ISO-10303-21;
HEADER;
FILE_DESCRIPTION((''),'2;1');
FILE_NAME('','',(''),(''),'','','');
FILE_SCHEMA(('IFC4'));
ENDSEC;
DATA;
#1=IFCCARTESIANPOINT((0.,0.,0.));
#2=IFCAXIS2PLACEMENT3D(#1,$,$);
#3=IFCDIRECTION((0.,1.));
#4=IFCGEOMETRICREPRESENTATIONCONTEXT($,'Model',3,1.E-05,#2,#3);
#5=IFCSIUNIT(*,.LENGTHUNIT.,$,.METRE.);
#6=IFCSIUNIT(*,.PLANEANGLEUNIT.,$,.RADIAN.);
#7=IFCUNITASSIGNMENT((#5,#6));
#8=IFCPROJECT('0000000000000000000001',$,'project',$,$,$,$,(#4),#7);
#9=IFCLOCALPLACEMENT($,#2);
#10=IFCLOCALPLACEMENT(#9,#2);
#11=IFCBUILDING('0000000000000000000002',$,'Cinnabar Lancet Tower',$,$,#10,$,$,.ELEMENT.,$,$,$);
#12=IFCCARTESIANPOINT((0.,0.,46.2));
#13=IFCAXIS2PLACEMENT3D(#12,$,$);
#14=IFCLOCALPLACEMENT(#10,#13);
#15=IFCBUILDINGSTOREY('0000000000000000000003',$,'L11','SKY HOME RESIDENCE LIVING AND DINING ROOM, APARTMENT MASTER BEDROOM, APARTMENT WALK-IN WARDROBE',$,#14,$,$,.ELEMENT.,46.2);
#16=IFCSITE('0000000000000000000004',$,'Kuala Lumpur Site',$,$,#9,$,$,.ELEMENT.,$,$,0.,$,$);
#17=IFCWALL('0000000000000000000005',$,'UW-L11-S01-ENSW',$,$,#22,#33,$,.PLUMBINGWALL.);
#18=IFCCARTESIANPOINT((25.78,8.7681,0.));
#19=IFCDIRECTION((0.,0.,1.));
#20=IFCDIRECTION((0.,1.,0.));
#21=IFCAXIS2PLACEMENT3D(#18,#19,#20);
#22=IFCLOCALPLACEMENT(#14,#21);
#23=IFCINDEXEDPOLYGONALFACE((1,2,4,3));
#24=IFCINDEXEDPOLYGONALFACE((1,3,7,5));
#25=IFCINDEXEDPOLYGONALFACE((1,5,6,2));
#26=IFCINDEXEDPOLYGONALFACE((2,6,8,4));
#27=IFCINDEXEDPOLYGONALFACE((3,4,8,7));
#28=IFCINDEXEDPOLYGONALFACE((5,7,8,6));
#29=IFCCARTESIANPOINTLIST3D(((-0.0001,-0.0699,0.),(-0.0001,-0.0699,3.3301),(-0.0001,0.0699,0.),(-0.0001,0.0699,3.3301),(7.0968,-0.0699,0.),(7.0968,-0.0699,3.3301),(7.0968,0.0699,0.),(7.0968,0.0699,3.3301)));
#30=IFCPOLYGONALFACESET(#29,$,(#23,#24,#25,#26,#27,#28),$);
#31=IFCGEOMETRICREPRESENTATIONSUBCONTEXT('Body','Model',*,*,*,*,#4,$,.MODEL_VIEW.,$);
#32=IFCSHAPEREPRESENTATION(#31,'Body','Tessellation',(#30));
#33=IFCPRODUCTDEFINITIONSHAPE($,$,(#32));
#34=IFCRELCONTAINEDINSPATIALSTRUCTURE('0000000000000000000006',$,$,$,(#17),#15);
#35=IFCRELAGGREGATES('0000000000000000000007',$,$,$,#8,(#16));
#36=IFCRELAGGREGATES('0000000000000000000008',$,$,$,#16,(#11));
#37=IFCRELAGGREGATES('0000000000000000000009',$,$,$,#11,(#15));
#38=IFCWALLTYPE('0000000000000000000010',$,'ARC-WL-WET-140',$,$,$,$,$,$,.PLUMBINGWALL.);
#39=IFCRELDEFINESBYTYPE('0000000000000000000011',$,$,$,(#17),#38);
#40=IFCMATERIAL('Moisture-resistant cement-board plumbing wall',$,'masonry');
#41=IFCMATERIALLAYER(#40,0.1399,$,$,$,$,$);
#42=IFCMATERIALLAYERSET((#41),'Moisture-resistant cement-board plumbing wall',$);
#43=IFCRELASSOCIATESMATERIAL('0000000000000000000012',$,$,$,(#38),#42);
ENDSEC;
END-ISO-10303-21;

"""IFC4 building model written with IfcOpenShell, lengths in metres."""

from ifc_helpers import new_model, si_unit, direction, frame, frame_2d, origin, place, context, subcontext, project, spatial, rectangle, extrude, material, layer, layer_set, type_object, element, save


model = new_model("IFC4")

# Units and contexts
model_context = context("Model", 3, precision=1e-05, world=origin(), true_north=direction((0.0, 1.0)))
body_context = subcontext(model_context, "Body", "Model", "MODEL_VIEW")
ifc_project = project(units=[si_unit("LENGTHUNIT", "METRE"), si_unit("PLANEANGLEUNIT", "RADIAN")], contexts=[model_context])

# Site, building, storey
site_placement = place(None, origin())
site = spatial("IfcSite", under=ifc_project, at=site_placement, Name="Kuala Lumpur Site", CompositionType="ELEMENT", RefElevation=0.0)
building_placement = place(site_placement, origin())
building = spatial("IfcBuilding", under=site, at=building_placement, Name="Cinnabar Lancet Tower", CompositionType="ELEMENT")
storey_placement = place(building_placement, frame((0.0, 0.0, 46.2)))
storey = spatial("IfcBuildingStorey", under=building, at=storey_placement, Name="L11", Description="SKY HOME RESIDENCE LIVING AND DINING ROOM, APARTMENT MASTER BEDROOM, APARTMENT WALK-IN WARDROBE", CompositionType="ELEMENT", Elevation=46.2)

# Shared definitions
ifc_material_1 = material(Name="Moisture-resistant cement-board plumbing wall", Category="masonry")
ifc_layer_1 = layer(ifc_material_1, 0.1399)
ifc_layer_set_1 = layer_set([ifc_layer_1], Name="Moisture-resistant cement-board plumbing wall")
wall_type_1 = type_object("IfcWallType", Name="ARC-WL-WET-140", PredefinedType="PLUMBINGWALL", material=ifc_layer_set_1)

# Wall
wall_1_placement = place(storey_placement, frame((25.78, 8.7681, 0.0), z_axis=(0.0, 0.0, 1.0), x_axis=(0.0, 1.0, 0.0)))
element("IfcWall", 1, at=wall_1_placement, inside=storey, type_object=wall_type_1, Name="UW-L11-S01-ENSW", PredefinedType="PLUMBINGWALL", context=body_context, shape_type="SweptSolid", body=[
    extrude(rectangle(XDim=7.0969, YDim=0.1399, at=frame_2d((3.5483, 0.0))), origin(), (0.0, 0.0, 1.0), 3.3301),
])

save(model, "model.ifc")
